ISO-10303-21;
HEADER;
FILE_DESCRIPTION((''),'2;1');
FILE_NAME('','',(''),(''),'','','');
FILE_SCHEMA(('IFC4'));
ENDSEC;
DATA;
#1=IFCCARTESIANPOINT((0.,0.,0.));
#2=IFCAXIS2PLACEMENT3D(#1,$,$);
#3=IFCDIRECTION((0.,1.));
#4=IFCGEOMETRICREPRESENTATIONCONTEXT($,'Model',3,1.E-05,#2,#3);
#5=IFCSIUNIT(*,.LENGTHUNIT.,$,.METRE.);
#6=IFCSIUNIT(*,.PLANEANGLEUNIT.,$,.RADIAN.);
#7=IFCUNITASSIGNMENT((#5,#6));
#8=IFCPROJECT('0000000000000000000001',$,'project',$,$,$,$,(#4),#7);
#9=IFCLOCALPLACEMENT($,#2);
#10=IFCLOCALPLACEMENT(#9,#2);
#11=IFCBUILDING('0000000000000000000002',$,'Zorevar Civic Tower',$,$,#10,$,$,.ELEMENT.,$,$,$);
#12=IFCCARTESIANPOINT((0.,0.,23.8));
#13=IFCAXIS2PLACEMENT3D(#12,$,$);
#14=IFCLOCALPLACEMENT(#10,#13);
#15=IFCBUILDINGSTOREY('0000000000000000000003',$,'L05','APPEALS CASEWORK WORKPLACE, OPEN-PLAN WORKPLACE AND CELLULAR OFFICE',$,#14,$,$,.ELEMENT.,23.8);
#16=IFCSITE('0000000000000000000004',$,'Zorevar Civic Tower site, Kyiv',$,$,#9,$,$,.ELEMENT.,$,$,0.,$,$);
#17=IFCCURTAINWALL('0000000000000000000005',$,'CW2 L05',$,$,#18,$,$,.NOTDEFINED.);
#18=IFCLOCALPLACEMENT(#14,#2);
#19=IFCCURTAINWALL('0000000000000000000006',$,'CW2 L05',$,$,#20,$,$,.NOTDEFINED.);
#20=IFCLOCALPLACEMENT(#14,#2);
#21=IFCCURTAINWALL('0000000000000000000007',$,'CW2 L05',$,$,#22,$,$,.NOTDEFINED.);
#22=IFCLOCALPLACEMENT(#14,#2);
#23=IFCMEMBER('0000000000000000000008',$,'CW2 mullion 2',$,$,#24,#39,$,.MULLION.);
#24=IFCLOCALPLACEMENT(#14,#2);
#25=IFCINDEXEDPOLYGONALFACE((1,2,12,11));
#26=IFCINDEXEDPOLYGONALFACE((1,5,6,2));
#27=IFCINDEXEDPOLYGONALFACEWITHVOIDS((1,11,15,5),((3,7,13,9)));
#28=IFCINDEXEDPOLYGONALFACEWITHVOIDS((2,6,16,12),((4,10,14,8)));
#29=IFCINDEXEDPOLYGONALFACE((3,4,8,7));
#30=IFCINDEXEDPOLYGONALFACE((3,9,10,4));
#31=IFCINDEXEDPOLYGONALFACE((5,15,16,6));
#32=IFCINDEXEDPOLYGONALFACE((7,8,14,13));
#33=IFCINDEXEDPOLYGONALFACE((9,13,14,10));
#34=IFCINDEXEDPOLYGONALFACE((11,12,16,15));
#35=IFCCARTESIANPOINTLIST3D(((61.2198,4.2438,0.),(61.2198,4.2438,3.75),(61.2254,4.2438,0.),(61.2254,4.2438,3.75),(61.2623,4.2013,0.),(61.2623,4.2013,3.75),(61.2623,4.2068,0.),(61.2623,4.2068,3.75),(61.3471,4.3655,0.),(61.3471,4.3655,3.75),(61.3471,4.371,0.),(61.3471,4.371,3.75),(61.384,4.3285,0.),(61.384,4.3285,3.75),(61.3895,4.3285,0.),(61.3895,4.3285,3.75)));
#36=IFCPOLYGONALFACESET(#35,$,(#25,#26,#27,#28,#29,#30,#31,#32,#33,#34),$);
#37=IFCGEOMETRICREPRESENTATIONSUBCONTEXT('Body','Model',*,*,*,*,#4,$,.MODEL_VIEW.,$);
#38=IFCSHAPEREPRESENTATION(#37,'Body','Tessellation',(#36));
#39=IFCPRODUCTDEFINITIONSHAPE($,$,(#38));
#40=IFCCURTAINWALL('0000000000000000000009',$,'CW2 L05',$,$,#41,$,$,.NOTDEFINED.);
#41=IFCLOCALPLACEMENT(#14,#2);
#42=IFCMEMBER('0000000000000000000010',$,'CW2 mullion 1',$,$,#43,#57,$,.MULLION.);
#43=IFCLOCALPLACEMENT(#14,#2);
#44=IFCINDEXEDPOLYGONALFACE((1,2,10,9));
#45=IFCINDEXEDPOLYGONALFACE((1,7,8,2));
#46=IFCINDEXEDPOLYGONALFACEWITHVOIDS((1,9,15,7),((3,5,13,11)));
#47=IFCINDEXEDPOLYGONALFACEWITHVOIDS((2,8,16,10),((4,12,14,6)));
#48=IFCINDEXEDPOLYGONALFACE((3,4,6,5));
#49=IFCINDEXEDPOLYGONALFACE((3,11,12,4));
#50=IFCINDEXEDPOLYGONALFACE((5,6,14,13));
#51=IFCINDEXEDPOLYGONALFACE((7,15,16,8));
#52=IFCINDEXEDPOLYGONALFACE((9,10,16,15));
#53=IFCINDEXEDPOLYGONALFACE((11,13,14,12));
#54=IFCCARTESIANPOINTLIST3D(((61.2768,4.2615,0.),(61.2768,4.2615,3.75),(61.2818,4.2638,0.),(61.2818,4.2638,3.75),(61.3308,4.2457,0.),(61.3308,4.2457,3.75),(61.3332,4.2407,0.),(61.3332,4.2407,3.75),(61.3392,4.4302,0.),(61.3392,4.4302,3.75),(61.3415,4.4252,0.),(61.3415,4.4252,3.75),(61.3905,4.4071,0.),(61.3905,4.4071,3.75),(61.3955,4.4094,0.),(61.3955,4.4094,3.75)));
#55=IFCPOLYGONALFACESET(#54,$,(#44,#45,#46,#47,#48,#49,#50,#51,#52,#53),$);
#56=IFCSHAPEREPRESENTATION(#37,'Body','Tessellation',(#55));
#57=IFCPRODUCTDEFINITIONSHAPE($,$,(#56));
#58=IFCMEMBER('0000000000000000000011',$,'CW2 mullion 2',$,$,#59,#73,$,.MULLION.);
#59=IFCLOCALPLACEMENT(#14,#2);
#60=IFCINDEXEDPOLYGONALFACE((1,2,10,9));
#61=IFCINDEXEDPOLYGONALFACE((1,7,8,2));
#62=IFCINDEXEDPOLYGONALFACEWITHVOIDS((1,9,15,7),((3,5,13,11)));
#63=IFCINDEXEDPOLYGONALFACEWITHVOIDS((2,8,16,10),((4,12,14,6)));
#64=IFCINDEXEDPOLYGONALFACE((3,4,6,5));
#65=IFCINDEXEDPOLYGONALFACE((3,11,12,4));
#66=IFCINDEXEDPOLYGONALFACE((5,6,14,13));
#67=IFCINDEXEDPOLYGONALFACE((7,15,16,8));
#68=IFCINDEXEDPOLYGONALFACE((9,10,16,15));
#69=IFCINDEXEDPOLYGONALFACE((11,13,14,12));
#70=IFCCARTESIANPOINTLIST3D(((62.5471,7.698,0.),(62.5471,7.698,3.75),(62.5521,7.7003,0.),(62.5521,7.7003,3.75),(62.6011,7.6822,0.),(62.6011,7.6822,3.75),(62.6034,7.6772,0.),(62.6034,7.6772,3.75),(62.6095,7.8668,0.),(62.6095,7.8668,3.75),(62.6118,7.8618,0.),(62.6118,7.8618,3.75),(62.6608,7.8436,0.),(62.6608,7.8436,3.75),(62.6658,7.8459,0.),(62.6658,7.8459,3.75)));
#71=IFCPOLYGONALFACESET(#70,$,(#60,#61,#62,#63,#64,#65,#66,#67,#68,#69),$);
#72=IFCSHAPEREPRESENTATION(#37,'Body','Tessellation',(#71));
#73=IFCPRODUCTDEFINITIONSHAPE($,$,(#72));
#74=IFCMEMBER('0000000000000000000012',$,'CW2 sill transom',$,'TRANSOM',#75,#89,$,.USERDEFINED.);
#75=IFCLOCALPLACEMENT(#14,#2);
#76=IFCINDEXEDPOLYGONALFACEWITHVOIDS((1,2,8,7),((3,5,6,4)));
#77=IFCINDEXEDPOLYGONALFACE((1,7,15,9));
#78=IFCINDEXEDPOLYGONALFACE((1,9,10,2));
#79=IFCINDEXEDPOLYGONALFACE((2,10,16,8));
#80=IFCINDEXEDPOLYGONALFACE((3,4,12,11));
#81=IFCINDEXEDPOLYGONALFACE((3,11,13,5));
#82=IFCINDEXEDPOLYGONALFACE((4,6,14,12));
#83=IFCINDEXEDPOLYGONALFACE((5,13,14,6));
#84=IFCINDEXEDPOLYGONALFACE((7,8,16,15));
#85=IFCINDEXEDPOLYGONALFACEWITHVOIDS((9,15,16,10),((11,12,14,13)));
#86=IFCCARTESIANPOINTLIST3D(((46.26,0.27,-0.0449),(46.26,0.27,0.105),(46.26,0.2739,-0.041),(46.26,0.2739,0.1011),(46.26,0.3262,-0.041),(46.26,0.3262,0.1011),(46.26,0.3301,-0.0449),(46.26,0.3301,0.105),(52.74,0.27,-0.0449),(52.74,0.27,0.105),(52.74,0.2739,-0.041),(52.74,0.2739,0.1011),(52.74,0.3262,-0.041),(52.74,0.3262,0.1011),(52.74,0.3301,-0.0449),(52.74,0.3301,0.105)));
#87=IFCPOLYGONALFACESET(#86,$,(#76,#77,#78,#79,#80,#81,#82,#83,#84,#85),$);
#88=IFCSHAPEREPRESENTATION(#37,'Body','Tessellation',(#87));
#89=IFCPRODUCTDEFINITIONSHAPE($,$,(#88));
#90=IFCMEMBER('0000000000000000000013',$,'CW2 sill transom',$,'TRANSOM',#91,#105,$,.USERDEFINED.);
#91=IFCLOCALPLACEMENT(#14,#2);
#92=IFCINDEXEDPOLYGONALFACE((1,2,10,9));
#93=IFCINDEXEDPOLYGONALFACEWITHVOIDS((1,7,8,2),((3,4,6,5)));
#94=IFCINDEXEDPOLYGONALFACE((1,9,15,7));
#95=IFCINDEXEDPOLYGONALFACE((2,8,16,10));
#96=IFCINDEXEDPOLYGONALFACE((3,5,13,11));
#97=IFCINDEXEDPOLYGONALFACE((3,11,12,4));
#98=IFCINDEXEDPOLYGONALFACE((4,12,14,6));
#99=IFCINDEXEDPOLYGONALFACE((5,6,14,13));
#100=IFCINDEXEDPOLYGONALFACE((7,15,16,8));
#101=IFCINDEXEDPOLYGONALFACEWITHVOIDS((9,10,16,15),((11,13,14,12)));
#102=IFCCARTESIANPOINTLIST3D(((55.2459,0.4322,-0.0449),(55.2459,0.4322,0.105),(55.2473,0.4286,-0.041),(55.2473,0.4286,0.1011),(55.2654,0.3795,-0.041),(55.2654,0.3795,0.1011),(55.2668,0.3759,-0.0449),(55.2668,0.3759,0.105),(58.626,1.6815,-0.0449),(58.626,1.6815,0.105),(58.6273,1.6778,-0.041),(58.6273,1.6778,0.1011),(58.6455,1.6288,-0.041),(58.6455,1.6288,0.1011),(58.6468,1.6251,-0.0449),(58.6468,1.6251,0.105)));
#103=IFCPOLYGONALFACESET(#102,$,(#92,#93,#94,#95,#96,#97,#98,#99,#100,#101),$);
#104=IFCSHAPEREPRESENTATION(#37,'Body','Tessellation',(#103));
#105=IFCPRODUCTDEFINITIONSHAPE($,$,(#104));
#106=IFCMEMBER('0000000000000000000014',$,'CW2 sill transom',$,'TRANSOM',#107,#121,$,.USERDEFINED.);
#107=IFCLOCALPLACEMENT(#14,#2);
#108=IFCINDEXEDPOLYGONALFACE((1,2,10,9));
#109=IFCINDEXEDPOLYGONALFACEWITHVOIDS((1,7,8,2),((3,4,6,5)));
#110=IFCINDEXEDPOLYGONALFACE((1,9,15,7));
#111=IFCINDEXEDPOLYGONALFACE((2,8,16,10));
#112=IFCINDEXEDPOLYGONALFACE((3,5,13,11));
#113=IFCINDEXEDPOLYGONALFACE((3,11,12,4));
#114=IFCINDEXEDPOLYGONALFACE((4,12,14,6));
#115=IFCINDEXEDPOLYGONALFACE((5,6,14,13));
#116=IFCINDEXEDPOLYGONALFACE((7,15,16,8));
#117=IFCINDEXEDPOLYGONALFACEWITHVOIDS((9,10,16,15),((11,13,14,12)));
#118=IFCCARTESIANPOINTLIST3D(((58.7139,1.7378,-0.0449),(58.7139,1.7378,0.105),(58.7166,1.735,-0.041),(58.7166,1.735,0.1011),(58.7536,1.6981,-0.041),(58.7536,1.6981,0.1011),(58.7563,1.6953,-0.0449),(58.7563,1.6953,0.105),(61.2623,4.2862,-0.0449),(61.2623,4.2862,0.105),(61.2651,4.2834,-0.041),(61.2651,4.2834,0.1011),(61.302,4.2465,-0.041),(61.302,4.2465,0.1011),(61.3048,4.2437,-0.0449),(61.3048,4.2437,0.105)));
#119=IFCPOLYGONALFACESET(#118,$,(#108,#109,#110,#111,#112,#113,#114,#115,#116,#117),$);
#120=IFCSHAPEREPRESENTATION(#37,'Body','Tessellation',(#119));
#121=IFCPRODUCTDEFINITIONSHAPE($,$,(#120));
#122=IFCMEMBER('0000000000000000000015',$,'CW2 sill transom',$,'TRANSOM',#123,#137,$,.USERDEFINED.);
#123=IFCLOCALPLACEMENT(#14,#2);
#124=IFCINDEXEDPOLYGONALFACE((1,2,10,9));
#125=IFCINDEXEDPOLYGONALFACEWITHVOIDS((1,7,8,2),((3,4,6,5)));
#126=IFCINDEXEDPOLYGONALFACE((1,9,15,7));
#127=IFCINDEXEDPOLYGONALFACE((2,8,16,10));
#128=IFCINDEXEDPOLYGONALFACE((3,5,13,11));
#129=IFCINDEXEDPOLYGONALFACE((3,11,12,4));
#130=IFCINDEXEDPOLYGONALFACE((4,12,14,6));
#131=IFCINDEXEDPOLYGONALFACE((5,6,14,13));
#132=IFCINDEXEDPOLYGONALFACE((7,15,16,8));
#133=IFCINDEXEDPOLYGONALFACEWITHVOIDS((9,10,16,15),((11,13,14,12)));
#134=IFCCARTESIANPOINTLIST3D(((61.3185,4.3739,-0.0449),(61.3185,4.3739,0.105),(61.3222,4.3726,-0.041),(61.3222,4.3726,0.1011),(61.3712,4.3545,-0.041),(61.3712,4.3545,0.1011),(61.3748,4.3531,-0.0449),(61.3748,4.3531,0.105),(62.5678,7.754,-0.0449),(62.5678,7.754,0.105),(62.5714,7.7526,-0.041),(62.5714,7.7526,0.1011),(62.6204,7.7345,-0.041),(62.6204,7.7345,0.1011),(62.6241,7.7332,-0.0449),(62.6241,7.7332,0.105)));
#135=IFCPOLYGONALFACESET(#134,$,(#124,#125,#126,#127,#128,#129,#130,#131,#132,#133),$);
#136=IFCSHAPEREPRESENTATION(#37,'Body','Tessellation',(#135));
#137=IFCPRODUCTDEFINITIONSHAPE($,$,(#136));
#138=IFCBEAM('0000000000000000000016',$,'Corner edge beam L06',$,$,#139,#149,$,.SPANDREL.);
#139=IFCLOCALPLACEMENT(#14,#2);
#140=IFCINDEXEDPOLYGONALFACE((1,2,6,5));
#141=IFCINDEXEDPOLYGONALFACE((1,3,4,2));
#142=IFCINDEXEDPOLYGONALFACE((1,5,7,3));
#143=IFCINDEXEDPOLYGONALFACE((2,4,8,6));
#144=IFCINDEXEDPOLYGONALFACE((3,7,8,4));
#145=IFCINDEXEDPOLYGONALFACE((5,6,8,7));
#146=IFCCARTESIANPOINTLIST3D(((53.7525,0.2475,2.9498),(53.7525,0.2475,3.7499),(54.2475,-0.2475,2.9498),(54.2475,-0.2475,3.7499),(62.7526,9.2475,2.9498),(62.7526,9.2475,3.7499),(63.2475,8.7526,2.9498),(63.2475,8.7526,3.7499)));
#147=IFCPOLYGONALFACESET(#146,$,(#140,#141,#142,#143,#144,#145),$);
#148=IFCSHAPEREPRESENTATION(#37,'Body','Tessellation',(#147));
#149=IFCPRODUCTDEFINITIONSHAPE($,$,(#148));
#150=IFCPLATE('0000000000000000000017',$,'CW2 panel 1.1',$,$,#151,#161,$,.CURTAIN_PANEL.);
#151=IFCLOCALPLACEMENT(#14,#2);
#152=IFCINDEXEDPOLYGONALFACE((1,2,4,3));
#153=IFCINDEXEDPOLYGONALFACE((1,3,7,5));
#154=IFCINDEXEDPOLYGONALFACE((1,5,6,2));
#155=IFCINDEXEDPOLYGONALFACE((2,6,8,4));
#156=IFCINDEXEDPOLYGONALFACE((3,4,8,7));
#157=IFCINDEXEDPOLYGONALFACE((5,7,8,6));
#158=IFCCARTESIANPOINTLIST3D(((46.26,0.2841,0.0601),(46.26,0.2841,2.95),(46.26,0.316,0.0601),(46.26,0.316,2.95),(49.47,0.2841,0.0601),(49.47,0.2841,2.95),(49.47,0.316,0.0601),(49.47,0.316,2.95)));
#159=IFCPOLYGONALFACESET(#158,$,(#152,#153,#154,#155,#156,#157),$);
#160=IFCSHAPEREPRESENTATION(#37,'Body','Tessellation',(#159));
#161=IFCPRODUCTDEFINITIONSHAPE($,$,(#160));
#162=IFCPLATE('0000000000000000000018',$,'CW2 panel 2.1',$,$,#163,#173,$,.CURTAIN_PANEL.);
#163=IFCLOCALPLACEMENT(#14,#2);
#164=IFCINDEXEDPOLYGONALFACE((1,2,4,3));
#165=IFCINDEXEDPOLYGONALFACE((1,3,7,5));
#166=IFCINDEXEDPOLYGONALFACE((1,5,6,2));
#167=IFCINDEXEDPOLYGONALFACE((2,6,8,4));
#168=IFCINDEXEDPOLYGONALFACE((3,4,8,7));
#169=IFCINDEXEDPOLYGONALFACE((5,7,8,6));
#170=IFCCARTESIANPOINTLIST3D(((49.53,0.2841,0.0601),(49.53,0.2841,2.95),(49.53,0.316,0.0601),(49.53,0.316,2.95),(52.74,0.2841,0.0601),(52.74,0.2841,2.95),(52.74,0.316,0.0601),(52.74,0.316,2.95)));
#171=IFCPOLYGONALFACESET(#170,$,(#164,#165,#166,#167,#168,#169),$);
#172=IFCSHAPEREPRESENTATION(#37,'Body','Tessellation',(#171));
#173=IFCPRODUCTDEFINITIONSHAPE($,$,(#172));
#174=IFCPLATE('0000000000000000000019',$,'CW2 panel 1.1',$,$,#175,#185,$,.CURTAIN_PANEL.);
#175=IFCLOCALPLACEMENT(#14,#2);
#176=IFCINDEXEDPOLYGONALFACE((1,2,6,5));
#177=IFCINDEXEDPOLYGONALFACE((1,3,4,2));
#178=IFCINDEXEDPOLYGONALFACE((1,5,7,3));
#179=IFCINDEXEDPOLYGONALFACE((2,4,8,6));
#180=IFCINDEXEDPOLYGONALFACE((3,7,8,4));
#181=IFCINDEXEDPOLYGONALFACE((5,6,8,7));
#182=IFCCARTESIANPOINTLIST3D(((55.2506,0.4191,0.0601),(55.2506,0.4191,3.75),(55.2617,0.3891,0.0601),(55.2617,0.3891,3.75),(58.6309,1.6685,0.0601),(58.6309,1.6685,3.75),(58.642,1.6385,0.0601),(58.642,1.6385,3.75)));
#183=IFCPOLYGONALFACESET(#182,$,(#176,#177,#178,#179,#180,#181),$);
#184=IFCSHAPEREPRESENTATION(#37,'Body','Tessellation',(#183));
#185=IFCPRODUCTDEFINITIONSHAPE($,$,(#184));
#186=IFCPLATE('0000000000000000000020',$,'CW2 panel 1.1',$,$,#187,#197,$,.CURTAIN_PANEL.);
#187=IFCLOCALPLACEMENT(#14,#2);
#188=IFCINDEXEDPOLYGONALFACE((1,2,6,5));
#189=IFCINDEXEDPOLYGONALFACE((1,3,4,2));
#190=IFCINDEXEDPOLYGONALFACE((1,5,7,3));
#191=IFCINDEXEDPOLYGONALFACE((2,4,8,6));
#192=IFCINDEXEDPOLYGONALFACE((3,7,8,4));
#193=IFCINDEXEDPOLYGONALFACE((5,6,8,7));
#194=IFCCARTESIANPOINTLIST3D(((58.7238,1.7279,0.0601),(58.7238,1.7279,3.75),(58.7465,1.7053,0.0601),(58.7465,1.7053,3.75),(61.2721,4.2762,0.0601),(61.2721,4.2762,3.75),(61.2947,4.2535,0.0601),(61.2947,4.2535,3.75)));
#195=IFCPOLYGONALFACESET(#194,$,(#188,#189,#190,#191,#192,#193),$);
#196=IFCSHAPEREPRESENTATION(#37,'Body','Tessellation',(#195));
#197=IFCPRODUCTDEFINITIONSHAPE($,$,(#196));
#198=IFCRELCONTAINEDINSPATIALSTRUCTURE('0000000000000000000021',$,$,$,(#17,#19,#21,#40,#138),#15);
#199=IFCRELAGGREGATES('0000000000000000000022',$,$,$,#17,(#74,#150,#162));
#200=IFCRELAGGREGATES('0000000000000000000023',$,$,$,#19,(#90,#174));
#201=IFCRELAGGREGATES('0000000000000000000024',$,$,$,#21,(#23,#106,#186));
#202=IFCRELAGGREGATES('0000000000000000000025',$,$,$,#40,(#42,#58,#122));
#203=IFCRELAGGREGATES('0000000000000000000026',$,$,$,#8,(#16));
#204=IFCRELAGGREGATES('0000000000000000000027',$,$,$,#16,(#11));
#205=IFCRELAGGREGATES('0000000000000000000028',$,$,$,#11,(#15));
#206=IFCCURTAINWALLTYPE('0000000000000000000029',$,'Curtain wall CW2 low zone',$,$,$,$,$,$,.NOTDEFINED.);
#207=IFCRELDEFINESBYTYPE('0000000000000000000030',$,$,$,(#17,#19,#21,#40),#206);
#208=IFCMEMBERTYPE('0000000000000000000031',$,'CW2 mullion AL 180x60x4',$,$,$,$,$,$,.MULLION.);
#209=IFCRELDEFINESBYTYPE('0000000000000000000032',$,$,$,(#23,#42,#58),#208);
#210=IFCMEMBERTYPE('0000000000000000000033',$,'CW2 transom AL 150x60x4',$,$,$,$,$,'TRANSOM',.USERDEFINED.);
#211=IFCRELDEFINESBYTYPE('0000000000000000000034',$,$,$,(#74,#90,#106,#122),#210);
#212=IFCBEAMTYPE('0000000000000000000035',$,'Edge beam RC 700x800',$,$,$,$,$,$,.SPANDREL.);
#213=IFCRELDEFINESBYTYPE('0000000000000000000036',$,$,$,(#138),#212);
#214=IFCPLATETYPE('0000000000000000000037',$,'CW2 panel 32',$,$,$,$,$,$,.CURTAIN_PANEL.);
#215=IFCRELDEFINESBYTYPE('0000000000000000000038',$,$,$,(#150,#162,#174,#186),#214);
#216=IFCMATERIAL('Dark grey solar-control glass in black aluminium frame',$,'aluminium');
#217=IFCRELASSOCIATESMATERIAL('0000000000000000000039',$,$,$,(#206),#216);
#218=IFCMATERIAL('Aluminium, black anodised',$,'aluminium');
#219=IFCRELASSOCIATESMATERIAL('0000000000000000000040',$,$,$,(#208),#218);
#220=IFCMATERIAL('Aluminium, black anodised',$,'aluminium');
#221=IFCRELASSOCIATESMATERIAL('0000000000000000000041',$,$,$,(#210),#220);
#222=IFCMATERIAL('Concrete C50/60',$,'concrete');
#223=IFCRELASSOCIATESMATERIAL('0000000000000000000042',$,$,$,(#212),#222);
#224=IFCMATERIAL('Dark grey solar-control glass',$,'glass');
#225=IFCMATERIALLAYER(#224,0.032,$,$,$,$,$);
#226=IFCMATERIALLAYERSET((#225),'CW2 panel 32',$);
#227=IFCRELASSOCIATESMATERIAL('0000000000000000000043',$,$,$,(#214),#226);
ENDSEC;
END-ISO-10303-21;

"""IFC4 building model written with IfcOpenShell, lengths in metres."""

from ifc_helpers import new_model, si_unit, direction, frame, origin, origin_2d, place, context, subcontext, project, spatial, rectangle, hollow_rectangle, extrude, material, layer, layer_set, material_profile, profile_set, type_object, element, aggregate, save


model = new_model("IFC4")

# Units and contexts
model_context = context("Model", 3, precision=1e-05, world=origin(), true_north=direction((0.0, 1.0)))
body_context = subcontext(model_context, "Body", "Model", "MODEL_VIEW")
ifc_project = project(units=[si_unit("LENGTHUNIT", "METRE"), si_unit("PLANEANGLEUNIT", "RADIAN")], contexts=[model_context])

# Site, building, storey
site_placement = place(None, origin())
site = spatial("IfcSite", under=ifc_project, at=site_placement, Name="Zorevar Civic Tower site, Kyiv", CompositionType="ELEMENT", RefElevation=0.0)
building_placement = place(site_placement, origin())
building = spatial("IfcBuilding", under=site, at=building_placement, Name="Zorevar Civic Tower", CompositionType="ELEMENT")
storey_placement = place(building_placement, frame((0.0, 0.0, 23.8)))
storey = spatial("IfcBuildingStorey", under=building, at=storey_placement, Name="L05", Description="APPEALS CASEWORK WORKPLACE, OPEN-PLAN WORKPLACE AND CELLULAR OFFICE", CompositionType="ELEMENT", Elevation=23.8)

# Curtain walls, members
ifc_material_1 = material(Name="Dark grey solar-control glass in black aluminium frame", Category="aluminium")
curtain_wall_type = type_object("IfcCurtainWallType", Name="Curtain wall CW2 low zone", PredefinedType="NOTDEFINED", material=ifc_material_1)
curtain_wall_1_placement = place(storey_placement, origin())
curtain_wall_1 = element("IfcCurtainWall", 1, at=curtain_wall_1_placement, inside=storey, type_object=curtain_wall_type, Name="CW2 L05", PredefinedType="NOTDEFINED")
ifc_material_2 = material(Name="Aluminium, black anodised", Category="aluminium")
ifc_material_profile_1 = material_profile(ifc_material_2, hollow_rectangle(XDim=0.0601, YDim=0.1799, WallThickness=0.0039, at=origin_2d()), Name="AL 180x60x4")
ifc_profile_set_1 = profile_set([ifc_material_profile_1], Name="Aluminium, black anodised")
member_type_1 = type_object("IfcMemberType", Name="CW2 mullion AL 180x60x4", PredefinedType="MULLION", material=ifc_profile_set_1)
curtain_wall_2_placement = place(storey_placement, origin())
curtain_wall_2 = element("IfcCurtainWall", 2, at=curtain_wall_2_placement, inside=storey, type_object=curtain_wall_type, Name="CW2 L05", PredefinedType="NOTDEFINED")
curtain_wall_3_placement = place(storey_placement, origin())
curtain_wall_3 = element("IfcCurtainWall", 3, at=curtain_wall_3_placement, inside=storey, type_object=curtain_wall_type, Name="CW2 L05", PredefinedType="NOTDEFINED")
member_1_placement = place(storey_placement, frame((61.3047, 4.2861, 0.0), z_axis=(0.0, 0.0, 1.0), x_axis=(-0.707107, 0.707107, 0.0)))
member_1 = element("IfcMember", 4, at=member_1_placement, type_object=member_type_1, Name="CW2 mullion 2", PredefinedType="MULLION", context=body_context, shape_type="SweptSolid", body=[
    extrude(hollow_rectangle(XDim=0.0601, YDim=0.1799, WallThickness=0.0039, at=origin_2d()), origin(), (0.0, 0.0, 1.0), 3.75),
])
curtain_wall_4_placement = place(storey_placement, origin())
curtain_wall_4 = element("IfcCurtainWall", 5, at=curtain_wall_4_placement, inside=storey, type_object=curtain_wall_type, Name="CW2 L05", PredefinedType="NOTDEFINED")
member_2_placement = place(storey_placement, frame((61.3362, 4.3354, 0.0), z_axis=(0.0, 0.0, 1.0), x_axis=(-0.937975, 0.346704, 0.0)))
member_2 = element("IfcMember", 6, at=member_2_placement, type_object=member_type_1, Name="CW2 mullion 1", PredefinedType="MULLION", context=body_context, shape_type="SweptSolid", body=[
    extrude(hollow_rectangle(XDim=0.0601, YDim=0.1799, WallThickness=0.0039, at=origin_2d()), origin(), (0.0, 0.0, 1.0), 3.75),
])
member_3_placement = place(storey_placement, frame((62.6064, 7.772, 0.0), z_axis=(0.0, 0.0, 1.0), x_axis=(-0.937975, 0.346704, 0.0)))
member_3 = element("IfcMember", 7, at=member_3_placement, type_object=member_type_1, Name="CW2 mullion 2", PredefinedType="MULLION", context=body_context, shape_type="SweptSolid", body=[
    extrude(hollow_rectangle(XDim=0.0601, YDim=0.1799, WallThickness=0.0039, at=origin_2d()), origin(), (0.0, 0.0, 1.0), 3.75),
])

# Members
ifc_material_3 = material(Name="Aluminium, black anodised", Category="aluminium")
ifc_material_profile_2 = material_profile(ifc_material_3, hollow_rectangle(XDim=0.0601, YDim=0.1499, WallThickness=0.0039, at=origin_2d()), Name="AL 150x60x4")
ifc_profile_set_2 = profile_set([ifc_material_profile_2], Name="Aluminium, black anodised")
member_type_2 = type_object("IfcMemberType", Name="CW2 transom AL 150x60x4", ElementType="TRANSOM", PredefinedType="USERDEFINED", material=ifc_profile_set_2)
member_4_placement = place(storey_placement, frame((46.26, 0.3, 0.03), z_axis=(1.0, 0.0, 0.0), x_axis=(0.0, 1.0, 0.0)))
member_4 = element("IfcMember", 8, at=member_4_placement, type_object=member_type_2, Name="CW2 sill transom", ObjectType="TRANSOM", PredefinedType="USERDEFINED", context=body_context, shape_type="SweptSolid", body=[
    extrude(hollow_rectangle(XDim=0.0601, YDim=0.1499, WallThickness=0.0039, at=origin_2d()), origin(), (0.0, 0.0, 1.0), 6.48),
])
member_5_placement = place(storey_placement, frame((55.2563, 0.4041, 0.03), z_axis=(0.937986, 0.346672, 0.0), x_axis=(-0.346672, 0.937986, 0.0)))
member_5 = element("IfcMember", 9, at=member_5_placement, type_object=member_type_2, Name="CW2 sill transom", ObjectType="TRANSOM", PredefinedType="USERDEFINED", context=body_context, shape_type="SweptSolid", body=[
    extrude(hollow_rectangle(XDim=0.0601, YDim=0.1499, WallThickness=0.0039, at=origin_2d()), origin(), (0.0, 0.0, 1.0), 3.6035),
])
member_6_placement = place(storey_placement, frame((58.7351, 1.7166, 0.03), z_axis=(0.707107, 0.707107, 0.0), x_axis=(-0.707107, 0.707107, 0.0)))
member_6 = element("IfcMember", 10, at=member_6_placement, type_object=member_type_2, Name="CW2 sill transom", ObjectType="TRANSOM", PredefinedType="USERDEFINED", context=body_context, shape_type="SweptSolid", body=[
    extrude(hollow_rectangle(XDim=0.0601, YDim=0.1499, WallThickness=0.0039, at=origin_2d()), origin(), (0.0, 0.0, 1.0), 3.604),
])
member_7_placement = place(storey_placement, frame((61.3467, 4.3635, 0.03), z_axis=(0.346672, 0.937986, 0.0), x_axis=(-0.937986, 0.346672, 0.0)))
member_7 = element("IfcMember", 11, at=member_7_placement, type_object=member_type_2, Name="CW2 sill transom", ObjectType="TRANSOM", PredefinedType="USERDEFINED", context=body_context, shape_type="SweptSolid", body=[
    extrude(hollow_rectangle(XDim=0.0601, YDim=0.1499, WallThickness=0.0039, at=origin_2d()), origin(), (0.0, 0.0, 1.0), 3.6035),
])

# Beam
ifc_material_4 = material(Name="Concrete C50/60", Category="concrete")
ifc_material_profile_3 = material_profile(ifc_material_4, rectangle(XDim=0.7, YDim=0.8, at=origin_2d()), Name="RC 700x800")
ifc_profile_set_3 = profile_set([ifc_material_profile_3], Name="Concrete C50/60")
beam_type_1 = type_object("IfcBeamType", Name="Edge beam RC 700x800", PredefinedType="SPANDREL", material=ifc_profile_set_3)
beam_1_placement = place(storey_placement, frame((54.0, 0.0, 3.3499), z_axis=(0.707107, 0.707107, 0.0), x_axis=(-0.707107, 0.707107, 0.0)))
element("IfcBeam", 12, at=beam_1_placement, inside=storey, type_object=beam_type_1, Name="Corner edge beam L06", PredefinedType="SPANDREL", context=body_context, shape_type="SweptSolid", body=[
    extrude(rectangle(XDim=0.7, YDim=0.8, at=origin_2d()), origin(), (0.0, 0.0, 1.0), 12.728),
])

# Plates
ifc_material_5 = material(Name="Dark grey solar-control glass", Category="glass")
ifc_layer_1 = layer(ifc_material_5, 0.032)
ifc_layer_set_1 = layer_set([ifc_layer_1], Name="CW2 panel 32")
plate_type = type_object("IfcPlateType", Name="CW2 panel 32", PredefinedType="CURTAIN_PANEL", material=ifc_layer_set_1)
plate_1_placement = place(storey_placement, frame((47.865, 0.3, 0.0601), z_axis=(0.0, 0.0, 1.0), x_axis=(1.0, 0.0, 0.0)))
plate_1 = element("IfcPlate", 13, at=plate_1_placement, type_object=plate_type, Name="CW2 panel 1.1", PredefinedType="CURTAIN_PANEL", context=body_context, shape_type="SweptSolid", body=[
    extrude(rectangle(XDim=3.21, YDim=0.032, at=origin_2d()), origin(), (0.0, 0.0, 1.0), 2.8899),
])
plate_2_placement = place(storey_placement, frame((51.135, 0.3, 0.0601), z_axis=(0.0, 0.0, 1.0), x_axis=(1.0, 0.0, 0.0)))
plate_2 = element("IfcPlate", 14, at=plate_2_placement, type_object=plate_type, Name="CW2 panel 2.1", PredefinedType="CURTAIN_PANEL", context=body_context, shape_type="SweptSolid", body=[
    extrude(rectangle(XDim=3.21, YDim=0.032, at=origin_2d()), origin(), (0.0, 0.0, 1.0), 2.8899),
])
aggregate(curtain_wall_1, [member_4, plate_1, plate_2])
plate_3_placement = place(storey_placement, frame((56.9463, 1.0288, 0.0601), z_axis=(0.0, 0.0, 1.0), x_axis=(0.937975, 0.346704, 0.0)))
plate_3 = element("IfcPlate", 15, at=plate_3_placement, type_object=plate_type, Name="CW2 panel 1.1", PredefinedType="CURTAIN_PANEL", context=body_context, shape_type="SweptSolid", body=[
    extrude(rectangle(XDim=3.6038, YDim=0.032, at=origin_2d()), origin(), (0.0, 0.0, 1.0), 3.6899),
])
aggregate(curtain_wall_2, [member_5, plate_3])
plate_4_placement = place(storey_placement, frame((60.0093, 2.9907, 0.0601), z_axis=(0.0, 0.0, 1.0), x_axis=(0.707107, 0.707107, 0.0)))
plate_4 = element("IfcPlate", 16, at=plate_4_placement, type_object=plate_type, Name="CW2 panel 1.1", PredefinedType="CURTAIN_PANEL", context=body_context, shape_type="SweptSolid", body=[
    extrude(rectangle(XDim=3.6038, YDim=0.032, at=origin_2d()), origin(), (0.0, 0.0, 1.0), 3.6899),
])
aggregate(curtain_wall_3, [member_1, member_6, plate_4])
aggregate(curtain_wall_4, [member_2, member_3, member_7])

save(model, "model.ifc")
